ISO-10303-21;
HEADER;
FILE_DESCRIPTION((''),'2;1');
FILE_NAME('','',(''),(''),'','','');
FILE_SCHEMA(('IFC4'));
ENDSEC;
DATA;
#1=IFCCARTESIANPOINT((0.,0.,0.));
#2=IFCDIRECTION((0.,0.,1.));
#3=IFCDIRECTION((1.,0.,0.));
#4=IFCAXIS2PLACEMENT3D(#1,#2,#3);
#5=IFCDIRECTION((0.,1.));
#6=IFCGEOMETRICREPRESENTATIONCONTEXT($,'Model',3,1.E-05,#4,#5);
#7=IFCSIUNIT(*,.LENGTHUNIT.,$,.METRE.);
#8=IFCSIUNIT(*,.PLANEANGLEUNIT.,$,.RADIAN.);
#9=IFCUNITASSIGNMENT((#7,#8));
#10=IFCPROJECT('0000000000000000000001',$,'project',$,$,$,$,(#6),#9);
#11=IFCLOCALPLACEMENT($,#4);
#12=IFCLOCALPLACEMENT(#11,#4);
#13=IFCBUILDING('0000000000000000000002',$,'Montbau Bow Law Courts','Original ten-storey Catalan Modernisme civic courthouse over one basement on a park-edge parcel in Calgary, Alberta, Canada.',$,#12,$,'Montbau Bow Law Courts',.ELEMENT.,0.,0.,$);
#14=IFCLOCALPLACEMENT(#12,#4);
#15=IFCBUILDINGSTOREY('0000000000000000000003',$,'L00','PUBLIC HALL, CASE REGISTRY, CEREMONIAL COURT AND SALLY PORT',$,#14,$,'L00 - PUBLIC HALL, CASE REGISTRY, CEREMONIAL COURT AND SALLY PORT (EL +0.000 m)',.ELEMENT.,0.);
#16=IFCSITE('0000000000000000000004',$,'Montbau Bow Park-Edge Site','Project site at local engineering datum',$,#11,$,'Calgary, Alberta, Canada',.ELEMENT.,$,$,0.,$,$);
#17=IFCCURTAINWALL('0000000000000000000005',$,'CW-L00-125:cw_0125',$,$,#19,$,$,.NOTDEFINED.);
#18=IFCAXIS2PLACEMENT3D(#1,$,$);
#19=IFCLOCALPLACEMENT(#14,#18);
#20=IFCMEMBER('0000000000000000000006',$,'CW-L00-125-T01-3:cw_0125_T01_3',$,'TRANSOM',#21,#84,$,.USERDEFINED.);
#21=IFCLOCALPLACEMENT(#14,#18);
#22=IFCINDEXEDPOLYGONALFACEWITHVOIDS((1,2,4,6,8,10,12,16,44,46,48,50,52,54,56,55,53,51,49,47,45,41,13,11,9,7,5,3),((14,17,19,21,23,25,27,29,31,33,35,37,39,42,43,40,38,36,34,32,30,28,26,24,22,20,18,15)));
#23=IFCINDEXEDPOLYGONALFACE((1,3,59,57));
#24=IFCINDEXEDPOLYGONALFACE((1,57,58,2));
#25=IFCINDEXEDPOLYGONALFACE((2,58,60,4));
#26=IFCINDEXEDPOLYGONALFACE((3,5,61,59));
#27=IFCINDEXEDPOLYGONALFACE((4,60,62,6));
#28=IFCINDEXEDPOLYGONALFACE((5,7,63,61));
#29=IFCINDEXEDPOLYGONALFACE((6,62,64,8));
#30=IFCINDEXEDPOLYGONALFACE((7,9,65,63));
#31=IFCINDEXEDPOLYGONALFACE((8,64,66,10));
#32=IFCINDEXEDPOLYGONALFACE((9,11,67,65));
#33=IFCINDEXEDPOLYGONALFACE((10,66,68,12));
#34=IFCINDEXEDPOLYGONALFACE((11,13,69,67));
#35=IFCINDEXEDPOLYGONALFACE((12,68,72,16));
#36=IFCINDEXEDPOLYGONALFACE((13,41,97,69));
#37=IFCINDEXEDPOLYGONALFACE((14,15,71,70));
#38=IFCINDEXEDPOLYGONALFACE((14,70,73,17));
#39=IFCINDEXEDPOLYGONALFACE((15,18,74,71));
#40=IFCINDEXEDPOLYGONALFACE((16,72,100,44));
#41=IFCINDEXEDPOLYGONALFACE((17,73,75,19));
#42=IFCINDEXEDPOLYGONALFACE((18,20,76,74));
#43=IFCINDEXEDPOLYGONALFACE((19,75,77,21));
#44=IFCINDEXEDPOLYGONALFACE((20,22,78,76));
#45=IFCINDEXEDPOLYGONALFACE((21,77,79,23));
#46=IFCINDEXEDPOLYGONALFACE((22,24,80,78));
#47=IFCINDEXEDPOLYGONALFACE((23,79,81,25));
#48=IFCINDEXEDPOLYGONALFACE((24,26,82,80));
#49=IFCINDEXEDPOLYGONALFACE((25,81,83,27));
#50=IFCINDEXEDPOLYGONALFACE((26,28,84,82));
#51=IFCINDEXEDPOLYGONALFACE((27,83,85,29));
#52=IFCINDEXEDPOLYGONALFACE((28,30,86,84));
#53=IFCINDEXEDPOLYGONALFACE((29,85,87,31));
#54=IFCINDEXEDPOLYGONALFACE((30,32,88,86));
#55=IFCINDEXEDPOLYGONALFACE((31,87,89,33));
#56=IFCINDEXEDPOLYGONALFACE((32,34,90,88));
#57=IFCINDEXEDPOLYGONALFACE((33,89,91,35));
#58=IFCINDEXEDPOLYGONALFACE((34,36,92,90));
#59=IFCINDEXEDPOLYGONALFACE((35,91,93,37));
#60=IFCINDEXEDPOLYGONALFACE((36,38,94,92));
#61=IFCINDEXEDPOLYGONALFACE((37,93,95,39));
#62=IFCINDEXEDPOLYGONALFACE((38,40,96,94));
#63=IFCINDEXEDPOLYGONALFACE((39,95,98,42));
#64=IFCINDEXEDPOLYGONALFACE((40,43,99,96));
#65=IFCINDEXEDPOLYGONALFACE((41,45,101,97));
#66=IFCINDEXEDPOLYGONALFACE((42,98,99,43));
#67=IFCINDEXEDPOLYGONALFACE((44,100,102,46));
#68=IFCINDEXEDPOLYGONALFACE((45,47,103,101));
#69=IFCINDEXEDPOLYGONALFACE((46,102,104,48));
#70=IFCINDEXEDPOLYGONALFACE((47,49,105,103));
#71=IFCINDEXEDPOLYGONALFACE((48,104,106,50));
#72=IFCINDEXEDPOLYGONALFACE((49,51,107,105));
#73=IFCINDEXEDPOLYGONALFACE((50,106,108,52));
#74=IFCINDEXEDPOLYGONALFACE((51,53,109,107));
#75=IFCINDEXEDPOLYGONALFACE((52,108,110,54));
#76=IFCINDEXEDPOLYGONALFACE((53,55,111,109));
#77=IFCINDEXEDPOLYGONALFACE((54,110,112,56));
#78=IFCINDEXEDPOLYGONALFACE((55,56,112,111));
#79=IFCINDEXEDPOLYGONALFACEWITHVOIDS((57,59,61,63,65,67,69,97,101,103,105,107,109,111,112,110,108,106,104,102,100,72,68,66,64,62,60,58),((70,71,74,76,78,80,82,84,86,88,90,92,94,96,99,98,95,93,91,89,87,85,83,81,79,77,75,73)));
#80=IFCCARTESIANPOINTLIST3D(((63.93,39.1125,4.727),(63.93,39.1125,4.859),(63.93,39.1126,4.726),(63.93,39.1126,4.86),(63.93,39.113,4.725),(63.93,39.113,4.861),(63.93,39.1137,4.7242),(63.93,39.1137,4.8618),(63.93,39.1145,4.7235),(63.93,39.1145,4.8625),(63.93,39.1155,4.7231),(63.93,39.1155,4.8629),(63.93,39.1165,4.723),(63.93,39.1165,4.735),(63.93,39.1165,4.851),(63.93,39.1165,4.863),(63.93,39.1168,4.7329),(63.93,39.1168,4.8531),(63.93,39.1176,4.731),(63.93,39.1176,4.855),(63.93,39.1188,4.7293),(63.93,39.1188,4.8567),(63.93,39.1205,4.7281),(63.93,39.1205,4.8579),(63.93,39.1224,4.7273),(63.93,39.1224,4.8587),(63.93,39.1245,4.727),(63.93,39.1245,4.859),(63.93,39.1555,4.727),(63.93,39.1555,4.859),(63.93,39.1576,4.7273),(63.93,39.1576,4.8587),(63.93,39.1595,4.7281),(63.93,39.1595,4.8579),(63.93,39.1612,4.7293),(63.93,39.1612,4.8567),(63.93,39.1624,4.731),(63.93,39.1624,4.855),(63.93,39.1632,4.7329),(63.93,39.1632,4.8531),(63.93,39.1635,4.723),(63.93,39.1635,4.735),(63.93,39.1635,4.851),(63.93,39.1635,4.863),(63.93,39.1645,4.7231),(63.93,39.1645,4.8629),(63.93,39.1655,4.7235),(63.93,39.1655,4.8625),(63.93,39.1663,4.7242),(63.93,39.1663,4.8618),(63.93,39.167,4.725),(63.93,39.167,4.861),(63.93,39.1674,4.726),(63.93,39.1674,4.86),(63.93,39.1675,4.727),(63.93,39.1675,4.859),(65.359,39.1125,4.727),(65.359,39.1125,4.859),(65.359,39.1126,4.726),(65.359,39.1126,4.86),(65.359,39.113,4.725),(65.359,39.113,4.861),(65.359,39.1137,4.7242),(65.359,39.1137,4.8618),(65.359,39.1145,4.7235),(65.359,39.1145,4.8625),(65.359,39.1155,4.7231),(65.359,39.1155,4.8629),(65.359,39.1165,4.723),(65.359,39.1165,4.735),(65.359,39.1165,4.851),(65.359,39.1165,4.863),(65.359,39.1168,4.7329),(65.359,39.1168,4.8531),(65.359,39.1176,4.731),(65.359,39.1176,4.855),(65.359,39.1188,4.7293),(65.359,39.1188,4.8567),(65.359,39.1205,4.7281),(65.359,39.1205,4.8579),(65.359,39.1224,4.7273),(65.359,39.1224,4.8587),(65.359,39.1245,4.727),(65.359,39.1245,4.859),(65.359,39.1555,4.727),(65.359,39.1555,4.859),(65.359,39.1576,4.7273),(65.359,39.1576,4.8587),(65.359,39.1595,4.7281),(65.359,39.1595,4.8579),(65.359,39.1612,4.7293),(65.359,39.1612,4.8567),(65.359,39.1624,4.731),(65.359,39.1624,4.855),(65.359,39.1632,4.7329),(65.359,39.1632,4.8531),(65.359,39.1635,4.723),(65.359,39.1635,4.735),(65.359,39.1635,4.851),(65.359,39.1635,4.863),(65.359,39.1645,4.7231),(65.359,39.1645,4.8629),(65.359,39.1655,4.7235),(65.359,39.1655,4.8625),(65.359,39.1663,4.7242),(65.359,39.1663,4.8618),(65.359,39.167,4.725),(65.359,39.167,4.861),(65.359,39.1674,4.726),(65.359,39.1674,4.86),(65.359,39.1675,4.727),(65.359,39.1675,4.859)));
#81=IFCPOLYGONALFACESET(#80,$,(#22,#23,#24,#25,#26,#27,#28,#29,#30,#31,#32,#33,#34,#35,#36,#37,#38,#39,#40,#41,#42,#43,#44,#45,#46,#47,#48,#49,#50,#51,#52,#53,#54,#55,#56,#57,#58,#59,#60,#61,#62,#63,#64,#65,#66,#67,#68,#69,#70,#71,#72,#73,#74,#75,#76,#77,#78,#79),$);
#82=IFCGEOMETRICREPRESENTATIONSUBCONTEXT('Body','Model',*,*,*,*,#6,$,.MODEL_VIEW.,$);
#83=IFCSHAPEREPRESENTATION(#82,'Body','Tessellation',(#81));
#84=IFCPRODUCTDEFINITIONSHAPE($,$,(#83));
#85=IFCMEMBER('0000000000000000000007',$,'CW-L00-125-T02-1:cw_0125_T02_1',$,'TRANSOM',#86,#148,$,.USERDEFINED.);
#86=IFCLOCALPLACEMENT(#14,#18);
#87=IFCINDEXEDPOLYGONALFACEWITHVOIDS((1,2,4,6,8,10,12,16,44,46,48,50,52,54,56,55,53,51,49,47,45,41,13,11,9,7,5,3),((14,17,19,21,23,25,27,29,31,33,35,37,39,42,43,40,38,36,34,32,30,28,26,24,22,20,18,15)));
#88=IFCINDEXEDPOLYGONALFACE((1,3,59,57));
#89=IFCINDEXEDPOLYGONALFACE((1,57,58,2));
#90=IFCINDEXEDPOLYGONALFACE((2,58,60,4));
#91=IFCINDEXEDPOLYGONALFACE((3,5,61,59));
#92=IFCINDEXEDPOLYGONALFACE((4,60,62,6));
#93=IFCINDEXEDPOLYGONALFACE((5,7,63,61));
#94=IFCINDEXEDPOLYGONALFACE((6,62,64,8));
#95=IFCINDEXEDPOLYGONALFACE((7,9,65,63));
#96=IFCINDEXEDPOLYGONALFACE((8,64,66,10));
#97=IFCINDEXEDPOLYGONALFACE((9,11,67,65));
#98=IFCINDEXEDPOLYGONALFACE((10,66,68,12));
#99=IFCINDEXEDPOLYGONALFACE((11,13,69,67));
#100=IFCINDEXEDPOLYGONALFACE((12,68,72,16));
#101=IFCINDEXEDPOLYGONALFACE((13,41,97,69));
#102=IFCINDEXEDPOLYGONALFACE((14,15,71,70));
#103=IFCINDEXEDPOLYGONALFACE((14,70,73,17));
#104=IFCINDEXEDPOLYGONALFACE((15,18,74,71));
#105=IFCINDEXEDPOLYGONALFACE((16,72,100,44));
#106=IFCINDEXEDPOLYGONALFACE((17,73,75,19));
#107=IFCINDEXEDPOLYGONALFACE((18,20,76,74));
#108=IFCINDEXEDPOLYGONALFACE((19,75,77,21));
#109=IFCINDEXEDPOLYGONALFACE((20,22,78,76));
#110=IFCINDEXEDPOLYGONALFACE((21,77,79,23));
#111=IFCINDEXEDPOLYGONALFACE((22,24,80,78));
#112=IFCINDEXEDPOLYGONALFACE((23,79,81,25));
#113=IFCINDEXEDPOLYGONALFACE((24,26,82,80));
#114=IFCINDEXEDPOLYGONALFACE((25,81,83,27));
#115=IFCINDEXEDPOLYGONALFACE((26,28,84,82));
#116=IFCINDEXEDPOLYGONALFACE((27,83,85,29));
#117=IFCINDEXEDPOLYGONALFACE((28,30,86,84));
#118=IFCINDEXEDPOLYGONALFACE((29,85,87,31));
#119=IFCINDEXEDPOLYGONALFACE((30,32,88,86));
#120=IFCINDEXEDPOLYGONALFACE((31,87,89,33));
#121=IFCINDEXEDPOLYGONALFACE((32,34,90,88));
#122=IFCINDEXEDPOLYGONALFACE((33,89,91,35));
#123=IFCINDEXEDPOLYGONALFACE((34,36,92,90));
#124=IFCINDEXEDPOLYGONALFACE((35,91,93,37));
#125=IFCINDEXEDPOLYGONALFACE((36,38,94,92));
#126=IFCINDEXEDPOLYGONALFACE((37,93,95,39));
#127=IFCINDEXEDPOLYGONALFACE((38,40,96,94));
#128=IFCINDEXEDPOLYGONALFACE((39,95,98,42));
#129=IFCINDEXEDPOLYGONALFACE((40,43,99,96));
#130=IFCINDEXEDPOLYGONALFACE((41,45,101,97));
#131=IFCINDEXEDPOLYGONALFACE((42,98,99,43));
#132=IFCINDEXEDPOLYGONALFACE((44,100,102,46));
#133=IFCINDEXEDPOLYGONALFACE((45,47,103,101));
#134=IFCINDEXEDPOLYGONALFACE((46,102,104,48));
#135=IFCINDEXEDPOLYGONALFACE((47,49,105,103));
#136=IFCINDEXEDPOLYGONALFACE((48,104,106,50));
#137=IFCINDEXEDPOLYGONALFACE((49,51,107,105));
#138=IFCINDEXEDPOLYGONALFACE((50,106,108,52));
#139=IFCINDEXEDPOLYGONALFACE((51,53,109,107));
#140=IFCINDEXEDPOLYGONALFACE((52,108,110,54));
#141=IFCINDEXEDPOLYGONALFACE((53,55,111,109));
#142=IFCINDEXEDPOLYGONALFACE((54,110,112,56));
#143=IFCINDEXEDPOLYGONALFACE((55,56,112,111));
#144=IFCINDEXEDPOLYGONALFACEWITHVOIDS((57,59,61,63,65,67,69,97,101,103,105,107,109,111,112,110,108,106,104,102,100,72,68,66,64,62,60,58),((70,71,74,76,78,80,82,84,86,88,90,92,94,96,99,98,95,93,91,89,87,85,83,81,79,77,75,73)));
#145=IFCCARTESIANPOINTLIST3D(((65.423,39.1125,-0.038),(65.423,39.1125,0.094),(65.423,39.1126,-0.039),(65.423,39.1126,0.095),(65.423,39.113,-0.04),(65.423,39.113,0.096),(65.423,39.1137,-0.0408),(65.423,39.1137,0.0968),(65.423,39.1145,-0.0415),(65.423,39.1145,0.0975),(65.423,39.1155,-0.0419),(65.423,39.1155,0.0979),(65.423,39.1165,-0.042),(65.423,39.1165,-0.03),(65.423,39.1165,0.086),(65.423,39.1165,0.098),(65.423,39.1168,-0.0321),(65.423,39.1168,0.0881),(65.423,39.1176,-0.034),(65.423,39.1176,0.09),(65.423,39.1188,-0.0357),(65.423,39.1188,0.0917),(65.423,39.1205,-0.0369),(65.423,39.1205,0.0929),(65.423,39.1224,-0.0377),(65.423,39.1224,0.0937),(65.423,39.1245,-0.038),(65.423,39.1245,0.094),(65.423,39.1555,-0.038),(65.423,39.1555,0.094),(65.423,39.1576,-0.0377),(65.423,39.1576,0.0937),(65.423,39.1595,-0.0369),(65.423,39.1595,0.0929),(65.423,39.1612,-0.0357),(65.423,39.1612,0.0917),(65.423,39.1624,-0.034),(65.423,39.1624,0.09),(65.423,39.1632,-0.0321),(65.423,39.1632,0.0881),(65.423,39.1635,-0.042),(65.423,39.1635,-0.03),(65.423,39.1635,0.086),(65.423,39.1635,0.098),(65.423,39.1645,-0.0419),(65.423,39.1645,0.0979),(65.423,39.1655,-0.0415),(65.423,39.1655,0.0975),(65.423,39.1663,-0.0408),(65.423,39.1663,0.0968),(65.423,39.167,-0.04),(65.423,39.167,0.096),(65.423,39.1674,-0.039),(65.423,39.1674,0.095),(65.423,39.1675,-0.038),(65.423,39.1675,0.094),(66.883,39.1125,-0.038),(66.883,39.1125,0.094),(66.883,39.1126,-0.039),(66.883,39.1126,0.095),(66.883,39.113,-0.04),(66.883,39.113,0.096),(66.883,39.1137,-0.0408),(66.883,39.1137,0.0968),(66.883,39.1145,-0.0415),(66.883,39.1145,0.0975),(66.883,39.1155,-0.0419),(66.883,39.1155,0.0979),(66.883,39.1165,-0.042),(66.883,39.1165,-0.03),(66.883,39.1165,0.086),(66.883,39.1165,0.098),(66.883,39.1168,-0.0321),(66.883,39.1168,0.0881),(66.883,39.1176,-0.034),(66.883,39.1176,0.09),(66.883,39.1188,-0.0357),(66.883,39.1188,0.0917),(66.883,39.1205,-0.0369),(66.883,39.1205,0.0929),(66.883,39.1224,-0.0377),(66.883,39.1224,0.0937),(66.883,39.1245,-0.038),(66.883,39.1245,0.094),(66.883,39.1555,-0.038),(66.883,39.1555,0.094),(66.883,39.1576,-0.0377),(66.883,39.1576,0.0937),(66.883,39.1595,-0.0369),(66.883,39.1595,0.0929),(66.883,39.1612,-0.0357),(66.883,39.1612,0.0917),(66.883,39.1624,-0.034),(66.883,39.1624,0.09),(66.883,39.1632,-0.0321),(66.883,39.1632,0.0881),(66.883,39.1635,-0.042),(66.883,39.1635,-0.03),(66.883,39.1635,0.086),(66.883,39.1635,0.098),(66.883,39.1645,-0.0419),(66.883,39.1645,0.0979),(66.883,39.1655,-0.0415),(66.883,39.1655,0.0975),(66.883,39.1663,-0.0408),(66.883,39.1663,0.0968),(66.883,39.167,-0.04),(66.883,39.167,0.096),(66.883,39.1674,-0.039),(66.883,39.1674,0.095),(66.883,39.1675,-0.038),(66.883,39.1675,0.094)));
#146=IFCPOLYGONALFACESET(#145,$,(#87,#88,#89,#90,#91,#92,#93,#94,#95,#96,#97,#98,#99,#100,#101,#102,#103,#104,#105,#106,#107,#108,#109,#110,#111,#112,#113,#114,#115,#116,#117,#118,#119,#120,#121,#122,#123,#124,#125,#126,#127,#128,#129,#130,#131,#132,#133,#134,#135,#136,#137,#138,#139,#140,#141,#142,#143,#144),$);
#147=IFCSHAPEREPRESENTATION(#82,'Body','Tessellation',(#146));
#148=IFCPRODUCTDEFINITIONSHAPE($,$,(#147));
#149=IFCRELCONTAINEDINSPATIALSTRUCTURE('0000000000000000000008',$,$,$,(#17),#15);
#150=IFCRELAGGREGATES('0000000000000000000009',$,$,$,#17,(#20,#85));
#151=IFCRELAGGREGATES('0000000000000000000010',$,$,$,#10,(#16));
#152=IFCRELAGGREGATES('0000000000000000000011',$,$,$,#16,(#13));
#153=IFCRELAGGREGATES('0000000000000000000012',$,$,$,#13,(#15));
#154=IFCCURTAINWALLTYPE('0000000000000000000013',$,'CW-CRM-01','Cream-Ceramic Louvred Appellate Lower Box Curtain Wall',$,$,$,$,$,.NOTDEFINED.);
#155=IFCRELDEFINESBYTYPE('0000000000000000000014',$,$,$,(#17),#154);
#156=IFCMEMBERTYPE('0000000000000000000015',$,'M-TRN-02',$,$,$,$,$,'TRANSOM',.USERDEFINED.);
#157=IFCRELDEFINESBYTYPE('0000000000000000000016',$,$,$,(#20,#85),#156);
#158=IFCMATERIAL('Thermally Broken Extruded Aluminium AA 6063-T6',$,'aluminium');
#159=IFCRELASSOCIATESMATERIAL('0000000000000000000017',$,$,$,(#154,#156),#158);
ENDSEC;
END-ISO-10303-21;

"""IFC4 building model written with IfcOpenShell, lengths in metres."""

from ifc_helpers import new_model, si_unit, direction, frame, origin_with_axes, origin_2d_with_axis, place, context, subcontext, project, spatial, hollow_rectangle, extrude, material, material_profile, profile_set, type_object, element, aggregate, save


model = new_model("IFC4")

# Units and contexts
model_context = context("Model", 3, precision=1e-05, world=origin_with_axes(), true_north=direction((0.0, 1.0)))
body_context = subcontext(model_context, "Body", "Model", "MODEL_VIEW")
ifc_project = project(units=[si_unit("LENGTHUNIT", "METRE"), si_unit("PLANEANGLEUNIT", "RADIAN")], contexts=[model_context])

# Site, building, storey
site_placement = place(None, origin_with_axes())
site = spatial("IfcSite", under=ifc_project, at=site_placement, Name="Montbau Bow Park-Edge Site", Description="Project site at local engineering datum", LongName="Calgary, Alberta, Canada", CompositionType="ELEMENT", RefElevation=0.0)
building_placement = place(site_placement, origin_with_axes())
building = spatial("IfcBuilding", under=site, at=building_placement, Name="Montbau Bow Law Courts", Description="Original ten-storey Catalan Modernisme civic courthouse over one basement on a park-edge parcel in Calgary, Alberta, Canada.", LongName="Montbau Bow Law Courts", CompositionType="ELEMENT", ElevationOfRefHeight=0.0, ElevationOfTerrain=0.0)
storey_placement = place(building_placement, origin_with_axes())
storey = spatial("IfcBuildingStorey", under=building, at=storey_placement, Name="L00", Description="PUBLIC HALL, CASE REGISTRY, CEREMONIAL COURT AND SALLY PORT", LongName="L00 - PUBLIC HALL, CASE REGISTRY, CEREMONIAL COURT AND SALLY PORT (EL +0.000 m)", CompositionType="ELEMENT", Elevation=0.0)

# Shared definitions
ifc_material_1 = material(Name="Thermally Broken Extruded Aluminium AA 6063-T6", Category="aluminium")
curtain_wall_type = type_object("IfcCurtainWallType", Name="CW-CRM-01", Description="Cream-Ceramic Louvred Appellate Lower Box Curtain Wall", PredefinedType="NOTDEFINED", material=ifc_material_1)

# Curtain wall
curtain_wall_1_placement = place(None, frame((63.868, 39.14, 0.0), z_axis=(0.0, 0.0, 1.0), x_axis=(1.0, 0.0, 0.0)))
curtain_wall_1 = element("IfcCurtainWall", 1, at=curtain_wall_1_placement, inside=storey, type_object=curtain_wall_type, Name="CW-L00-125:cw_0125", PredefinedType="NOTDEFINED")

# Members
ifc_material_profile_1 = material_profile(ifc_material_1, hollow_rectangle(XDim=0.055, YDim=0.14, WallThickness=0.004, InnerFilletRadius=0.008, OuterFilletRadius=0.004, at=origin_2d_with_axis()), Name="CWT-140X55", Category="Main", Priority=0)
ifc_profile_set_1 = profile_set([ifc_material_profile_1], Name="Thermally Broken Extruded Aluminium AA 6063-T6")
member_type_1 = type_object("IfcMemberType", Name="M-TRN-02", ElementType="TRANSOM", PredefinedType="USERDEFINED", material=ifc_profile_set_1)
member_1_placement = place(None, frame((63.93, 39.14, 4.793), z_axis=(1.0, 0.0, 0.0), x_axis=(0.0, 1.0, 0.0)))
member_1 = element("IfcMember", 2, at=member_1_placement, type_object=member_type_1, Name="CW-L00-125-T01-3:cw_0125_T01_3", ObjectType="TRANSOM", PredefinedType="USERDEFINED", context=body_context, shape_type="SweptSolid", body=[
    extrude(hollow_rectangle(XDim=0.055, YDim=0.14, WallThickness=0.004, InnerFilletRadius=0.008, OuterFilletRadius=0.004, at=origin_2d_with_axis()), origin_with_axes(), (0.0, 0.0, 1.0), 1.429),
])
member_2_placement = place(None, frame((65.423, 39.14, 0.028), z_axis=(1.0, 0.0, 0.0), x_axis=(0.0, 1.0, 0.0)))
member_2 = element("IfcMember", 3, at=member_2_placement, type_object=member_type_1, Name="CW-L00-125-T02-1:cw_0125_T02_1", ObjectType="TRANSOM", PredefinedType="USERDEFINED", context=body_context, shape_type="SweptSolid", body=[
    extrude(hollow_rectangle(XDim=0.055, YDim=0.14, WallThickness=0.004, InnerFilletRadius=0.008, OuterFilletRadius=0.004, at=origin_2d_with_axis()), origin_with_axes(), (0.0, 0.0, 1.0), 1.46),
])

aggregate(curtain_wall_1, [member_1, member_2])

save(model, "model.ifc")
